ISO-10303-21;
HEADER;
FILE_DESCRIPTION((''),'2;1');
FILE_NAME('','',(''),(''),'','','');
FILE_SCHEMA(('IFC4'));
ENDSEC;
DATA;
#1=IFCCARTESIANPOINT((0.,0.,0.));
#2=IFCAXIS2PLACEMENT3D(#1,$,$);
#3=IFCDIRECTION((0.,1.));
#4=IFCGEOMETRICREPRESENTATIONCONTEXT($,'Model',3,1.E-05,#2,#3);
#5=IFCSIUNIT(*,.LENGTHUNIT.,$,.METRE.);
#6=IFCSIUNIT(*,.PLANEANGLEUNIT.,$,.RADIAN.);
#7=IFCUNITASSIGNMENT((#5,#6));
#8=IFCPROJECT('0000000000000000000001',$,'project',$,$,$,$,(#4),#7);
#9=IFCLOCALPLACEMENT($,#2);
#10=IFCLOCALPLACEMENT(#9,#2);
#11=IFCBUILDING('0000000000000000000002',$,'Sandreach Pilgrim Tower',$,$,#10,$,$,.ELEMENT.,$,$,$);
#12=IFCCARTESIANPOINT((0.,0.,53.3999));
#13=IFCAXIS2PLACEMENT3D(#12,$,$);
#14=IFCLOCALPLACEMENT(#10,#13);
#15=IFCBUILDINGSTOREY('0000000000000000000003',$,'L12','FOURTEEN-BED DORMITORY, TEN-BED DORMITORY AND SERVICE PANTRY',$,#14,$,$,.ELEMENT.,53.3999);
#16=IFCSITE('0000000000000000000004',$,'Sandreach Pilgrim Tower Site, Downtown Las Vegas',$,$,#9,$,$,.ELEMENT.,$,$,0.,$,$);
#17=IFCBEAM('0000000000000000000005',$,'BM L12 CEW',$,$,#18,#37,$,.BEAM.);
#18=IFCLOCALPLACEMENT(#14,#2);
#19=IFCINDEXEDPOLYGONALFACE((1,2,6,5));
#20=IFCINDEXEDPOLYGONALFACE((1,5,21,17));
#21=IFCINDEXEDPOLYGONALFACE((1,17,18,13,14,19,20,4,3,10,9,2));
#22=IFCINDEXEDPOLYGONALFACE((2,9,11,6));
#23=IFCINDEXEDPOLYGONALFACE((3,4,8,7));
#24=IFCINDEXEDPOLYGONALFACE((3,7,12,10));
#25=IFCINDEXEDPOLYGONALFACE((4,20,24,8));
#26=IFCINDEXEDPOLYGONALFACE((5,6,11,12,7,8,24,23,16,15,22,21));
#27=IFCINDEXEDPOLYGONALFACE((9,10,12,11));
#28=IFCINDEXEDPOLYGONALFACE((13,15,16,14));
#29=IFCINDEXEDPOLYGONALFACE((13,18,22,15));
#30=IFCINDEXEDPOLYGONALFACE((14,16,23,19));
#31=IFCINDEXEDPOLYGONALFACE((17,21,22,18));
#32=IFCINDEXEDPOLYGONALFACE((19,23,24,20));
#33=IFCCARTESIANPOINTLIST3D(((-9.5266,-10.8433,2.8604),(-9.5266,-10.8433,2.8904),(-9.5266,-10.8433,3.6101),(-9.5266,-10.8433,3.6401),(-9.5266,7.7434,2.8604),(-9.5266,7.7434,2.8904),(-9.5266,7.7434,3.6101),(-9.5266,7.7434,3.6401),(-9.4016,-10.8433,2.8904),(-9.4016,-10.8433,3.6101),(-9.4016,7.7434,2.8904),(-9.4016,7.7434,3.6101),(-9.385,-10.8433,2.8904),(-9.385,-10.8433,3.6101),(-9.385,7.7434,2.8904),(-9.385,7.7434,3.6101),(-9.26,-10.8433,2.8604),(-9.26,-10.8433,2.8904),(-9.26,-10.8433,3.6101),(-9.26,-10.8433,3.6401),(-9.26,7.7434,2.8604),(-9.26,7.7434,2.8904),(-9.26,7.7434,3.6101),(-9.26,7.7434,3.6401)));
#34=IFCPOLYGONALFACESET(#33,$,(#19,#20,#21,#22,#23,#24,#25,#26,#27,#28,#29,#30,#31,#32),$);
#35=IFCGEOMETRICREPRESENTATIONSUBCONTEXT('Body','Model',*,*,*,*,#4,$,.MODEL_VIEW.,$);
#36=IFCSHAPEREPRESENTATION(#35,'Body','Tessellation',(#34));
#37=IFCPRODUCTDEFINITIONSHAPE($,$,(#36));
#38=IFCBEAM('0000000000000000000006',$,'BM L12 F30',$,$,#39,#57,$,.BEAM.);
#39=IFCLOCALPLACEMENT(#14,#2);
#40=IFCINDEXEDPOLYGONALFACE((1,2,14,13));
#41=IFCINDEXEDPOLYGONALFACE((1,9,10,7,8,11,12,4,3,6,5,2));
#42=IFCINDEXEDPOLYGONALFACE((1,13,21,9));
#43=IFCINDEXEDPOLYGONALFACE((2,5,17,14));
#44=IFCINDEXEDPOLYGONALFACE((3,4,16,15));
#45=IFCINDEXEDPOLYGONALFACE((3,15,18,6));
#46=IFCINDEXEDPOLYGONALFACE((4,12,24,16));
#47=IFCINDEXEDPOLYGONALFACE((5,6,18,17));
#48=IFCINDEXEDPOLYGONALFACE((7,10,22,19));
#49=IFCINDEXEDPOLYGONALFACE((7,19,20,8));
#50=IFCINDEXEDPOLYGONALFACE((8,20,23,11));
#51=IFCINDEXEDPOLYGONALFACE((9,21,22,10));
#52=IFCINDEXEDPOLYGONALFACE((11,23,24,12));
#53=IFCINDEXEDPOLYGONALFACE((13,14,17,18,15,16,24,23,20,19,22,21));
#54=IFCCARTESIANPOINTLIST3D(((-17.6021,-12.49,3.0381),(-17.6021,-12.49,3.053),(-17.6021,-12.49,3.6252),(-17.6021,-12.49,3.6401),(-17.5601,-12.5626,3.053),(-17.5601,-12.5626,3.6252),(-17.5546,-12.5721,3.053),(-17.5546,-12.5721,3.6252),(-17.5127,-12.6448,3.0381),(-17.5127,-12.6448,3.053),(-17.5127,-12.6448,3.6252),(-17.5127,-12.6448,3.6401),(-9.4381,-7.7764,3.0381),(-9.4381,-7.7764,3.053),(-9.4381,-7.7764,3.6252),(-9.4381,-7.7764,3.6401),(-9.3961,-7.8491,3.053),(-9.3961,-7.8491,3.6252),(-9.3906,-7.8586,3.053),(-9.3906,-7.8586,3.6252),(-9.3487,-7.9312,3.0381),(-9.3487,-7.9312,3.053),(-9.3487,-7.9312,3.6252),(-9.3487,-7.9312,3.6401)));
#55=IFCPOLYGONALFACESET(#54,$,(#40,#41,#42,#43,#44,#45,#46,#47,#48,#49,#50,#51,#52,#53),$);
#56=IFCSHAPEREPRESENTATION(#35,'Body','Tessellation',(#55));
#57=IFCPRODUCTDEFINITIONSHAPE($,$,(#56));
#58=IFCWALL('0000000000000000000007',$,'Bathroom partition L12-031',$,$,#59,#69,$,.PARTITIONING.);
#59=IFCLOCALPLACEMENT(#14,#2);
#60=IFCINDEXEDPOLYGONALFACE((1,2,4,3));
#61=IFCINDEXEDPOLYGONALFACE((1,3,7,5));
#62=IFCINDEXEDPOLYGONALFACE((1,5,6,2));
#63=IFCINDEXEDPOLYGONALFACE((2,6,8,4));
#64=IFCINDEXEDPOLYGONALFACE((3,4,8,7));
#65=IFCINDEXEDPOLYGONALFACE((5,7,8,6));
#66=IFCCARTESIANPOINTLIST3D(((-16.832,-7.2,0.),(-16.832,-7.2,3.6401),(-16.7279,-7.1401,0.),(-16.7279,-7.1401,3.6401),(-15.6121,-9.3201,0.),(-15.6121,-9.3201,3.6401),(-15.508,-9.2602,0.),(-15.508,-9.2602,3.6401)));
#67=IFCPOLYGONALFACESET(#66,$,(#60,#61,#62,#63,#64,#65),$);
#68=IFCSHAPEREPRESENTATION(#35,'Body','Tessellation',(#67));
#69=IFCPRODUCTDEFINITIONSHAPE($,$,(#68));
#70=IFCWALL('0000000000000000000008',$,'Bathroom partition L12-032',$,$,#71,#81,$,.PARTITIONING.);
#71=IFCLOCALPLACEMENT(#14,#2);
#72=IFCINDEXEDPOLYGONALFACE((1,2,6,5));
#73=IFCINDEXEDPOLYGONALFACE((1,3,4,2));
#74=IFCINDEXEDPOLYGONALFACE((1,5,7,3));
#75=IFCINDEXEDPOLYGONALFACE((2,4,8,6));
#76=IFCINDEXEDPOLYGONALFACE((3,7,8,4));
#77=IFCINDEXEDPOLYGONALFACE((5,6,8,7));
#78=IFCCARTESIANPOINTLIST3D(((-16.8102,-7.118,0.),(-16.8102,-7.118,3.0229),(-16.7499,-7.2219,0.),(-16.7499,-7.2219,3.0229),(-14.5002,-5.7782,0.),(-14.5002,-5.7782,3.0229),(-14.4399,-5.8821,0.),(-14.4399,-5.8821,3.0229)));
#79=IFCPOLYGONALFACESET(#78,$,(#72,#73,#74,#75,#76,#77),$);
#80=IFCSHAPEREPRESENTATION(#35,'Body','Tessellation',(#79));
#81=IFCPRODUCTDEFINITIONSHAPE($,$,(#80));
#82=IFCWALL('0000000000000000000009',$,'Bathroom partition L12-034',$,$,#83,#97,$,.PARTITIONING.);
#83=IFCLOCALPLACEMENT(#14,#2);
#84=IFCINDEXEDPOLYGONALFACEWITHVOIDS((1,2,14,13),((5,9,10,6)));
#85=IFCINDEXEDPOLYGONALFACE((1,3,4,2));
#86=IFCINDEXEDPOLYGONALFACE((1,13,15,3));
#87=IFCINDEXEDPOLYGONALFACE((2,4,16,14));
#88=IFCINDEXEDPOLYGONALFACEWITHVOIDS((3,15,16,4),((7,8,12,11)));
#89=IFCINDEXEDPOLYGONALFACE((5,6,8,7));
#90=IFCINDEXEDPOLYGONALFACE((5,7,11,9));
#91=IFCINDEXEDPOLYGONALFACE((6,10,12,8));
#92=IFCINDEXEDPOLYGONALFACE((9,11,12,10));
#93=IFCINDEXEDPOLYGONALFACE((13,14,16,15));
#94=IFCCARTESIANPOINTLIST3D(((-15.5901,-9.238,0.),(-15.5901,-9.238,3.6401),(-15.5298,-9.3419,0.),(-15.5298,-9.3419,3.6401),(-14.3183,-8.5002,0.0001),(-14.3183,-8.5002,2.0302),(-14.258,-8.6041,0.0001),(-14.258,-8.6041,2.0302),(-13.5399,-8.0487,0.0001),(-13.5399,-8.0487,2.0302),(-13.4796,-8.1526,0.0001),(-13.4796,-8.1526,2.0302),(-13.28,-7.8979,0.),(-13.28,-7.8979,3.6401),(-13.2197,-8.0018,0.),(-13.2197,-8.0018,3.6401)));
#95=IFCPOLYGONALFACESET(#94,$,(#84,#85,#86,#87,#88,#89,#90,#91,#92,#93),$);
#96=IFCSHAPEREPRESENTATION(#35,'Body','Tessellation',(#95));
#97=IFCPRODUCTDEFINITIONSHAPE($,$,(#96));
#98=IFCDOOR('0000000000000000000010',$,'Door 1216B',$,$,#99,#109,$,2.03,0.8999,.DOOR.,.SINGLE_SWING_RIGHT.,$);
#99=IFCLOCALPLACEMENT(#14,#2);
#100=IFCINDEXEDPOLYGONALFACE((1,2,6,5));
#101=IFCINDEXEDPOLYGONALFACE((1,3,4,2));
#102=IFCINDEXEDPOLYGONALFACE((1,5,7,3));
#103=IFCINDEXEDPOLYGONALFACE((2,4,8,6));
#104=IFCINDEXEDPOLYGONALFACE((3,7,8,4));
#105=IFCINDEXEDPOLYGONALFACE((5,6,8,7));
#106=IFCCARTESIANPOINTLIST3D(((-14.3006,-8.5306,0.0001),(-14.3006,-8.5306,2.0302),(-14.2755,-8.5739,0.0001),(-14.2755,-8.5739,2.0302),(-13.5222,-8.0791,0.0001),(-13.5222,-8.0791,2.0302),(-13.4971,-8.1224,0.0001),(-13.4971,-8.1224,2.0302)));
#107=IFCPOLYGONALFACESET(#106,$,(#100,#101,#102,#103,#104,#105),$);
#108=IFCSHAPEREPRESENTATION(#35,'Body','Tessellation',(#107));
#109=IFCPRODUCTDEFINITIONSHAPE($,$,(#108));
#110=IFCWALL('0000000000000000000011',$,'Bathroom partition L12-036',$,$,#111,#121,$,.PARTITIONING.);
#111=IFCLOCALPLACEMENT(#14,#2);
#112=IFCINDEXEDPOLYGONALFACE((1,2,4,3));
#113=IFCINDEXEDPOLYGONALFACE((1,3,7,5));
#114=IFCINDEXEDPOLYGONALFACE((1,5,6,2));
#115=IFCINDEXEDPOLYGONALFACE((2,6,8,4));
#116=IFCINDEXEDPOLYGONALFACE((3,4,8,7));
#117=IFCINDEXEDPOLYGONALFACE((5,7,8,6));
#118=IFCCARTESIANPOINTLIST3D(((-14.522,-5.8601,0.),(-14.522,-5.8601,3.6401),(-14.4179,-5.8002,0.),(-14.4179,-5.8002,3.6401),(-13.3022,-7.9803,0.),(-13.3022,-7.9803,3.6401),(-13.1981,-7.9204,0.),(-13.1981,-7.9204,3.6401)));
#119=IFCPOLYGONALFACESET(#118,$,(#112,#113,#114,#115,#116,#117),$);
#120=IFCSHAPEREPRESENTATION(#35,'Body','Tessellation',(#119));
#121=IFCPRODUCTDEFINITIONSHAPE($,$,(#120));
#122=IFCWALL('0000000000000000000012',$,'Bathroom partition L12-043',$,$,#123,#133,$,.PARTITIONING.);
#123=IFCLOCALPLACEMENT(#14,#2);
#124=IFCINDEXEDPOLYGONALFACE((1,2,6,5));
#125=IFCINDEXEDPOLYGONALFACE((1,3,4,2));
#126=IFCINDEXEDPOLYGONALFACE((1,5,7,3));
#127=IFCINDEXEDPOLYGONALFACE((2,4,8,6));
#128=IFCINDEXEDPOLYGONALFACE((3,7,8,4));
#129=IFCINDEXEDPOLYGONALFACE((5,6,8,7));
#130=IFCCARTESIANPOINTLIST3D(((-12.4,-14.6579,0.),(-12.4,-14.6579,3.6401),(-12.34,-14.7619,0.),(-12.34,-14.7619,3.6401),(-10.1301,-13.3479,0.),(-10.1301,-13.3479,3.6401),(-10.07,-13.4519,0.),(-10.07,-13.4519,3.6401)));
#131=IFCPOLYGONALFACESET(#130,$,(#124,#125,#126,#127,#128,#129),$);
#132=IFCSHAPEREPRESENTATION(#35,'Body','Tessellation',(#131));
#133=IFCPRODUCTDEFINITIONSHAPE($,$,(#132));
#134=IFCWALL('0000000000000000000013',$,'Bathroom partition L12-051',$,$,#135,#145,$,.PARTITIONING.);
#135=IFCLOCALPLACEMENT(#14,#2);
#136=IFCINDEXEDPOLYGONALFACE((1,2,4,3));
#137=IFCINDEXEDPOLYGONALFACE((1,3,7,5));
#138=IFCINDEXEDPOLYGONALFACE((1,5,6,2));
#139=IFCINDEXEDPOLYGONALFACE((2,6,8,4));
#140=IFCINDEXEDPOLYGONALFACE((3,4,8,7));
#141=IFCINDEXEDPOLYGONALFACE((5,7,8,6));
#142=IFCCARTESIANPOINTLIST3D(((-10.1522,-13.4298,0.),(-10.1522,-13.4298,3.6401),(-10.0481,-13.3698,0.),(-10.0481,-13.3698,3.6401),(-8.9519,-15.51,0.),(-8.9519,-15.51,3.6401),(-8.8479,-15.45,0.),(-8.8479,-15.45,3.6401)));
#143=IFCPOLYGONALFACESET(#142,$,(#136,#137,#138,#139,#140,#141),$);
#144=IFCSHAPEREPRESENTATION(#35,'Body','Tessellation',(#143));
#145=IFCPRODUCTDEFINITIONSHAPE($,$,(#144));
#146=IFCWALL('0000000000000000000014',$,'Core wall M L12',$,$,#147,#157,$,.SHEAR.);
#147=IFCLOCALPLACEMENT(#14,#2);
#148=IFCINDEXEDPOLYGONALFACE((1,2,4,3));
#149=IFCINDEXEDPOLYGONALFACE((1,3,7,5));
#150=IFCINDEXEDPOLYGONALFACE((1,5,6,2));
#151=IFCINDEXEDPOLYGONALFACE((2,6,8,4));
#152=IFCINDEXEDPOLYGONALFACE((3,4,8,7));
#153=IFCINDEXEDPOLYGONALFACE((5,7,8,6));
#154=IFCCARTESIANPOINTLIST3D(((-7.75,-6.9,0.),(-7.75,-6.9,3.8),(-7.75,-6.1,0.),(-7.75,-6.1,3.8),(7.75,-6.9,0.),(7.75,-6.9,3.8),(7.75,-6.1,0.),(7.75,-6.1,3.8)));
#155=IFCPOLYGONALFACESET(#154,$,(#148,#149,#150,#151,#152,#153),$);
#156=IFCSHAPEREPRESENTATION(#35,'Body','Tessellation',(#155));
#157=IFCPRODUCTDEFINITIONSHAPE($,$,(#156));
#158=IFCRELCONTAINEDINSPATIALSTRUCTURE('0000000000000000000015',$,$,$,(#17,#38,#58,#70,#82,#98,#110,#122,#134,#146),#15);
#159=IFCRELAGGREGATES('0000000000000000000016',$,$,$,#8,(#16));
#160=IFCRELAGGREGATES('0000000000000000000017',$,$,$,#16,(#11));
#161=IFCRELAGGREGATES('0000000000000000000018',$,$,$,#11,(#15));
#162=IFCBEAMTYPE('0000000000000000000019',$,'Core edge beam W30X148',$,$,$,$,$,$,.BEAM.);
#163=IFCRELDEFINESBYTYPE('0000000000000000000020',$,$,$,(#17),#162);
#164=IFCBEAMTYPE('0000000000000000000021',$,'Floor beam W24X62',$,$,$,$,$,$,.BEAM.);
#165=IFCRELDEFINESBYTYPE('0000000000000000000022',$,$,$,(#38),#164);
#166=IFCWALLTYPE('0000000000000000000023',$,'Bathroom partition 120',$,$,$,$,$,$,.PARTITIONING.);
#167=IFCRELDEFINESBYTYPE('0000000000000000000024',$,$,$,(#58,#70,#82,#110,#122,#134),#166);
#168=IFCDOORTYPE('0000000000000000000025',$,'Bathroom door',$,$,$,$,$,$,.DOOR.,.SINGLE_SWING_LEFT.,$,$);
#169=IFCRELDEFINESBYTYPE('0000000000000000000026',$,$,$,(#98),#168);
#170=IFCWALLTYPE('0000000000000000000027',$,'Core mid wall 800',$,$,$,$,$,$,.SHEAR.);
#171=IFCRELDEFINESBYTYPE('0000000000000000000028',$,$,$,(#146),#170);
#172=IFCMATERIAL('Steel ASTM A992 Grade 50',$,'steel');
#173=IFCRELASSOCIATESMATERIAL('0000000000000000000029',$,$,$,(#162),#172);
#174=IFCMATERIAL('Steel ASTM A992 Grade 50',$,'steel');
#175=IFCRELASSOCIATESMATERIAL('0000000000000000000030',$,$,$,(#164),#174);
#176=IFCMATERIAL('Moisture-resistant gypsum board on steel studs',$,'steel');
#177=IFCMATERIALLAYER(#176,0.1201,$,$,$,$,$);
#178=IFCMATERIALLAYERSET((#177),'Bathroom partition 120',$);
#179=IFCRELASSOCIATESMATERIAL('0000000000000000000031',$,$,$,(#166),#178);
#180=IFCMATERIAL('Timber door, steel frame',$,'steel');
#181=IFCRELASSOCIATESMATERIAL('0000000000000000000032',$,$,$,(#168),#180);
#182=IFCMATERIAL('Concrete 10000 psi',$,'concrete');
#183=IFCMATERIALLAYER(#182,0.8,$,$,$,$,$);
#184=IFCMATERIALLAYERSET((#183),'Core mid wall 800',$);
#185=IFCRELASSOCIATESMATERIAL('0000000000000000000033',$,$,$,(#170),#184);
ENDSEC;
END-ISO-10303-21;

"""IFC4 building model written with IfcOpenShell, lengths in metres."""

from ifc_helpers import new_model, si_unit, direction, frame, frame_2d, origin, origin_2d, place, context, subcontext, project, spatial, rectangle, i_section, extrude, material, layer, layer_set, material_profile, profile_set, type_object, element, fill, save


model = new_model("IFC4")

# Units and contexts
model_context = context("Model", 3, precision=1e-05, world=origin(), true_north=direction((0.0, 1.0)))
body_context = subcontext(model_context, "Body", "Model", "MODEL_VIEW")
ifc_project = project(units=[si_unit("LENGTHUNIT", "METRE"), si_unit("PLANEANGLEUNIT", "RADIAN")], contexts=[model_context])

# Site, building, storey
site_placement = place(None, origin())
site = spatial("IfcSite", under=ifc_project, at=site_placement, Name="Sandreach Pilgrim Tower Site, Downtown Las Vegas", CompositionType="ELEMENT", RefElevation=0.0)
building_placement = place(site_placement, origin())
building = spatial("IfcBuilding", under=site, at=building_placement, Name="Sandreach Pilgrim Tower", CompositionType="ELEMENT")
storey_placement = place(building_placement, frame((0.0, 0.0, 53.3999)))
storey = spatial("IfcBuildingStorey", under=building, at=storey_placement, Name="L12", Description="FOURTEEN-BED DORMITORY, TEN-BED DORMITORY AND SERVICE PANTRY", CompositionType="ELEMENT", Elevation=53.3999)

# Beams
ifc_material_1 = material(Name="Steel ASTM A992 Grade 50", Category="steel")
ifc_material_profile_1 = material_profile(ifc_material_1, i_section(OverallWidth=0.2666, OverallDepth=0.7798, WebThickness=0.0166, FlangeThickness=0.03, at=origin_2d()), Name="W30X148")
ifc_profile_set_1 = profile_set([ifc_material_profile_1], Name="Steel ASTM A992 Grade 50")
beam_type_1 = type_object("IfcBeamType", Name="Core edge beam W30X148", PredefinedType="BEAM", material=ifc_profile_set_1)
beam_1_placement = place(storey_placement, frame((-9.3933, -10.8433, 3.2502), z_axis=(0.0, 1.0, 0.0), x_axis=(-1.0, 0.0, 0.0)))
element("IfcBeam", 1, at=beam_1_placement, inside=storey, type_object=beam_type_1, Name="BM L12 CEW", PredefinedType="BEAM", context=body_context, shape_type="SweptSolid", body=[
    extrude(i_section(OverallWidth=0.2666, OverallDepth=0.7798, WebThickness=0.0166, FlangeThickness=0.03, at=origin_2d()), origin(), (0.0, 0.0, 1.0), 18.5867),
])
ifc_material_2 = material(Name="Steel ASTM A992 Grade 50", Category="steel")
ifc_material_profile_2 = material_profile(ifc_material_2, i_section(OverallWidth=0.1787, OverallDepth=0.6021, WebThickness=0.011, FlangeThickness=0.0149, at=origin_2d()), Name="W24X62")
ifc_profile_set_2 = profile_set([ifc_material_profile_2], Name="Steel ASTM A992 Grade 50")
beam_type_2 = type_object("IfcBeamType", Name="Floor beam W24X62", PredefinedType="BEAM", material=ifc_profile_set_2)
beam_2_placement = place(storey_placement, frame((-17.5574, -12.5674, 3.3391), z_axis=(0.866021, 0.500008, 0.0), x_axis=(-0.500008, 0.866021, 0.0)))
element("IfcBeam", 2, at=beam_2_placement, inside=storey, type_object=beam_type_2, Name="BM L12 F30", PredefinedType="BEAM", context=body_context, shape_type="SweptSolid", body=[
    extrude(i_section(OverallWidth=0.1787, OverallDepth=0.6021, WebThickness=0.011, FlangeThickness=0.0149, at=origin_2d()), origin(), (0.0, 0.0, 1.0), 9.427),
])

# Walls
ifc_material_3 = material(Name="Moisture-resistant gypsum board on steel studs", Category="steel")
ifc_layer_1 = layer(ifc_material_3, 0.1201)
ifc_layer_set_1 = layer_set([ifc_layer_1], Name="Bathroom partition 120")
wall_type_1 = type_object("IfcWallType", Name="Bathroom partition 120", PredefinedType="PARTITIONING", material=ifc_layer_set_1)
wall_1_placement = place(storey_placement, frame((-16.78, -7.1699, 0.0), z_axis=(0.0, 0.0, 1.0), x_axis=(0.498749, -0.866747, 0.0)))
element("IfcWall", 3, at=wall_1_placement, inside=storey, type_object=wall_type_1, Name="Bathroom partition L12-031", PredefinedType="PARTITIONING", context=body_context, shape_type="SweptSolid", body=[
    extrude(rectangle(XDim=2.446, YDim=0.1201, at=frame_2d((1.2231, 0.0))), origin(), (0.0, 0.0, 1.0), 3.6401),
])
wall_2_placement = place(storey_placement, frame((-16.78, -7.1699, 0.0), z_axis=(0.0, 0.0, 1.0), x_axis=(0.86503, 0.501721, 0.0)))
element("IfcWall", 4, at=wall_2_placement, inside=storey, type_object=wall_type_1, Name="Bathroom partition L12-032", PredefinedType="PARTITIONING", context=body_context, shape_type="SweptSolid", body=[
    extrude(rectangle(XDim=2.6704, YDim=0.1201, at=frame_2d((1.3352, 0.0))), origin(), (0.0, 0.0, 1.0), 3.0229),
])

# Wall, opening, door
wall_3_placement = place(storey_placement, frame((-15.5601, -9.29, 0.0), z_axis=(0.0, 0.0, 1.0), x_axis=(0.86499, 0.501789, 0.0)))
wall_3 = element("IfcWall", 5, at=wall_3_placement, inside=storey, type_object=wall_type_1, Name="Bathroom partition L12-034", PredefinedType="PARTITIONING", context=body_context, shape_type="SweptSolid", body=[
    extrude(rectangle(XDim=2.6707, YDim=0.1201, at=frame_2d((1.3354, 0.0))), origin(), (0.0, 0.0, 1.0), 3.6401),
])
opening_1_placement = place(wall_3_placement, frame((1.4705, 0.0, 0.0)))
opening_1 = element("IfcOpeningElement", 6, at=opening_1_placement, cuts=wall_3, PredefinedType="OPENING", context=body_context, shape_type="SweptSolid", body=[
    extrude(rectangle(XDim=0.8999, YDim=2.03, at=frame_2d((0.45, 1.0151))), frame((0.0, 0.0601, 0.0), z_axis=(0.0, -1.0, 0.0), x_axis=(1.0, 0.0, 0.0)), (0.0, 0.0, 1.0), 0.1201),
])
ifc_material_4 = material(Name="Timber door, steel frame", Category="steel")
door_type_1 = type_object("IfcDoorType", Name="Bathroom door", OperationType="SINGLE_SWING_LEFT", PredefinedType="DOOR", material=ifc_material_4)
door_1_placement = place(opening_1_placement, origin())
door_1 = element("IfcDoor", 7, at=door_1_placement, inside=storey, type_object=door_type_1, Name="Door 1216B", OperationType="SINGLE_SWING_RIGHT", OverallHeight=2.03, OverallWidth=0.8999, PredefinedType="DOOR", context=body_context, shape_type="SweptSolid", body=[
    extrude(rectangle(XDim=0.8999, YDim=2.03, at=frame_2d((0.45, 1.0151))), frame((0.0, 0.0249, 0.0), z_axis=(0.0, -1.0, 0.0), x_axis=(1.0, 0.0, 0.0)), (0.0, 0.0, 1.0), 0.05),
])
fill(opening_1, door_1)

# Walls
wall_4_placement = place(storey_placement, frame((-14.47, -5.8301, 0.0), z_axis=(0.0, 0.0, 1.0), x_axis=(0.498674, -0.86679, 0.0)))
element("IfcWall", 8, at=wall_4_placement, inside=storey, type_object=wall_type_1, Name="Bathroom partition L12-036", PredefinedType="PARTITIONING", context=body_context, shape_type="SweptSolid", body=[
    extrude(rectangle(XDim=2.446, YDim=0.1201, at=frame_2d((1.2231, 0.0))), origin(), (0.0, 0.0, 1.0), 3.6401),
])
wall_5_placement = place(storey_placement, frame((-12.3701, -14.71, 0.0), z_axis=(0.0, 0.0, 1.0), x_axis=(0.866114, 0.499846, 0.0)))
element("IfcWall", 9, at=wall_5_placement, inside=storey, type_object=wall_type_1, Name="Bathroom partition L12-043", PredefinedType="PARTITIONING", context=body_context, shape_type="SweptSolid", body=[
    extrude(rectangle(XDim=2.6208, YDim=0.1201, at=frame_2d((1.3105, 0.0))), origin(), (0.0, 0.0, 1.0), 3.6401),
])
wall_6_placement = place(storey_placement, frame((-10.1001, -13.3999, 0.0), z_axis=(0.0, 0.0, 1.0), x_axis=(0.499769, -0.866159, 0.0)))
element("IfcWall", 10, at=wall_6_placement, inside=storey, type_object=wall_type_1, Name="Bathroom partition L12-051", PredefinedType="PARTITIONING", context=body_context, shape_type="SweptSolid", body=[
    extrude(rectangle(XDim=2.4016, YDim=0.1201, at=frame_2d((1.2007, 0.0))), origin(), (0.0, 0.0, 1.0), 3.6401),
])
ifc_material_5 = material(Name="Concrete 10000 psi", Category="concrete")
ifc_layer_2 = layer(ifc_material_5, 0.8)
ifc_layer_set_2 = layer_set([ifc_layer_2], Name="Core mid wall 800")
wall_type_2 = type_object("IfcWallType", Name="Core mid wall 800", PredefinedType="SHEAR", material=ifc_layer_set_2)
wall_7_placement = place(storey_placement, frame((-7.75, -6.5, 0.0), z_axis=(0.0, 0.0, 1.0), x_axis=(1.0, 0.0, 0.0)))
element("IfcWall", 11, at=wall_7_placement, inside=storey, type_object=wall_type_2, Name="Core wall M L12", PredefinedType="SHEAR", context=body_context, shape_type="SweptSolid", body=[
    extrude(rectangle(XDim=15.5, YDim=0.8, at=frame_2d((7.75, 0.0))), origin(), (0.0, 0.0, 1.0), 3.8),
])

save(model, "model.ifc")
